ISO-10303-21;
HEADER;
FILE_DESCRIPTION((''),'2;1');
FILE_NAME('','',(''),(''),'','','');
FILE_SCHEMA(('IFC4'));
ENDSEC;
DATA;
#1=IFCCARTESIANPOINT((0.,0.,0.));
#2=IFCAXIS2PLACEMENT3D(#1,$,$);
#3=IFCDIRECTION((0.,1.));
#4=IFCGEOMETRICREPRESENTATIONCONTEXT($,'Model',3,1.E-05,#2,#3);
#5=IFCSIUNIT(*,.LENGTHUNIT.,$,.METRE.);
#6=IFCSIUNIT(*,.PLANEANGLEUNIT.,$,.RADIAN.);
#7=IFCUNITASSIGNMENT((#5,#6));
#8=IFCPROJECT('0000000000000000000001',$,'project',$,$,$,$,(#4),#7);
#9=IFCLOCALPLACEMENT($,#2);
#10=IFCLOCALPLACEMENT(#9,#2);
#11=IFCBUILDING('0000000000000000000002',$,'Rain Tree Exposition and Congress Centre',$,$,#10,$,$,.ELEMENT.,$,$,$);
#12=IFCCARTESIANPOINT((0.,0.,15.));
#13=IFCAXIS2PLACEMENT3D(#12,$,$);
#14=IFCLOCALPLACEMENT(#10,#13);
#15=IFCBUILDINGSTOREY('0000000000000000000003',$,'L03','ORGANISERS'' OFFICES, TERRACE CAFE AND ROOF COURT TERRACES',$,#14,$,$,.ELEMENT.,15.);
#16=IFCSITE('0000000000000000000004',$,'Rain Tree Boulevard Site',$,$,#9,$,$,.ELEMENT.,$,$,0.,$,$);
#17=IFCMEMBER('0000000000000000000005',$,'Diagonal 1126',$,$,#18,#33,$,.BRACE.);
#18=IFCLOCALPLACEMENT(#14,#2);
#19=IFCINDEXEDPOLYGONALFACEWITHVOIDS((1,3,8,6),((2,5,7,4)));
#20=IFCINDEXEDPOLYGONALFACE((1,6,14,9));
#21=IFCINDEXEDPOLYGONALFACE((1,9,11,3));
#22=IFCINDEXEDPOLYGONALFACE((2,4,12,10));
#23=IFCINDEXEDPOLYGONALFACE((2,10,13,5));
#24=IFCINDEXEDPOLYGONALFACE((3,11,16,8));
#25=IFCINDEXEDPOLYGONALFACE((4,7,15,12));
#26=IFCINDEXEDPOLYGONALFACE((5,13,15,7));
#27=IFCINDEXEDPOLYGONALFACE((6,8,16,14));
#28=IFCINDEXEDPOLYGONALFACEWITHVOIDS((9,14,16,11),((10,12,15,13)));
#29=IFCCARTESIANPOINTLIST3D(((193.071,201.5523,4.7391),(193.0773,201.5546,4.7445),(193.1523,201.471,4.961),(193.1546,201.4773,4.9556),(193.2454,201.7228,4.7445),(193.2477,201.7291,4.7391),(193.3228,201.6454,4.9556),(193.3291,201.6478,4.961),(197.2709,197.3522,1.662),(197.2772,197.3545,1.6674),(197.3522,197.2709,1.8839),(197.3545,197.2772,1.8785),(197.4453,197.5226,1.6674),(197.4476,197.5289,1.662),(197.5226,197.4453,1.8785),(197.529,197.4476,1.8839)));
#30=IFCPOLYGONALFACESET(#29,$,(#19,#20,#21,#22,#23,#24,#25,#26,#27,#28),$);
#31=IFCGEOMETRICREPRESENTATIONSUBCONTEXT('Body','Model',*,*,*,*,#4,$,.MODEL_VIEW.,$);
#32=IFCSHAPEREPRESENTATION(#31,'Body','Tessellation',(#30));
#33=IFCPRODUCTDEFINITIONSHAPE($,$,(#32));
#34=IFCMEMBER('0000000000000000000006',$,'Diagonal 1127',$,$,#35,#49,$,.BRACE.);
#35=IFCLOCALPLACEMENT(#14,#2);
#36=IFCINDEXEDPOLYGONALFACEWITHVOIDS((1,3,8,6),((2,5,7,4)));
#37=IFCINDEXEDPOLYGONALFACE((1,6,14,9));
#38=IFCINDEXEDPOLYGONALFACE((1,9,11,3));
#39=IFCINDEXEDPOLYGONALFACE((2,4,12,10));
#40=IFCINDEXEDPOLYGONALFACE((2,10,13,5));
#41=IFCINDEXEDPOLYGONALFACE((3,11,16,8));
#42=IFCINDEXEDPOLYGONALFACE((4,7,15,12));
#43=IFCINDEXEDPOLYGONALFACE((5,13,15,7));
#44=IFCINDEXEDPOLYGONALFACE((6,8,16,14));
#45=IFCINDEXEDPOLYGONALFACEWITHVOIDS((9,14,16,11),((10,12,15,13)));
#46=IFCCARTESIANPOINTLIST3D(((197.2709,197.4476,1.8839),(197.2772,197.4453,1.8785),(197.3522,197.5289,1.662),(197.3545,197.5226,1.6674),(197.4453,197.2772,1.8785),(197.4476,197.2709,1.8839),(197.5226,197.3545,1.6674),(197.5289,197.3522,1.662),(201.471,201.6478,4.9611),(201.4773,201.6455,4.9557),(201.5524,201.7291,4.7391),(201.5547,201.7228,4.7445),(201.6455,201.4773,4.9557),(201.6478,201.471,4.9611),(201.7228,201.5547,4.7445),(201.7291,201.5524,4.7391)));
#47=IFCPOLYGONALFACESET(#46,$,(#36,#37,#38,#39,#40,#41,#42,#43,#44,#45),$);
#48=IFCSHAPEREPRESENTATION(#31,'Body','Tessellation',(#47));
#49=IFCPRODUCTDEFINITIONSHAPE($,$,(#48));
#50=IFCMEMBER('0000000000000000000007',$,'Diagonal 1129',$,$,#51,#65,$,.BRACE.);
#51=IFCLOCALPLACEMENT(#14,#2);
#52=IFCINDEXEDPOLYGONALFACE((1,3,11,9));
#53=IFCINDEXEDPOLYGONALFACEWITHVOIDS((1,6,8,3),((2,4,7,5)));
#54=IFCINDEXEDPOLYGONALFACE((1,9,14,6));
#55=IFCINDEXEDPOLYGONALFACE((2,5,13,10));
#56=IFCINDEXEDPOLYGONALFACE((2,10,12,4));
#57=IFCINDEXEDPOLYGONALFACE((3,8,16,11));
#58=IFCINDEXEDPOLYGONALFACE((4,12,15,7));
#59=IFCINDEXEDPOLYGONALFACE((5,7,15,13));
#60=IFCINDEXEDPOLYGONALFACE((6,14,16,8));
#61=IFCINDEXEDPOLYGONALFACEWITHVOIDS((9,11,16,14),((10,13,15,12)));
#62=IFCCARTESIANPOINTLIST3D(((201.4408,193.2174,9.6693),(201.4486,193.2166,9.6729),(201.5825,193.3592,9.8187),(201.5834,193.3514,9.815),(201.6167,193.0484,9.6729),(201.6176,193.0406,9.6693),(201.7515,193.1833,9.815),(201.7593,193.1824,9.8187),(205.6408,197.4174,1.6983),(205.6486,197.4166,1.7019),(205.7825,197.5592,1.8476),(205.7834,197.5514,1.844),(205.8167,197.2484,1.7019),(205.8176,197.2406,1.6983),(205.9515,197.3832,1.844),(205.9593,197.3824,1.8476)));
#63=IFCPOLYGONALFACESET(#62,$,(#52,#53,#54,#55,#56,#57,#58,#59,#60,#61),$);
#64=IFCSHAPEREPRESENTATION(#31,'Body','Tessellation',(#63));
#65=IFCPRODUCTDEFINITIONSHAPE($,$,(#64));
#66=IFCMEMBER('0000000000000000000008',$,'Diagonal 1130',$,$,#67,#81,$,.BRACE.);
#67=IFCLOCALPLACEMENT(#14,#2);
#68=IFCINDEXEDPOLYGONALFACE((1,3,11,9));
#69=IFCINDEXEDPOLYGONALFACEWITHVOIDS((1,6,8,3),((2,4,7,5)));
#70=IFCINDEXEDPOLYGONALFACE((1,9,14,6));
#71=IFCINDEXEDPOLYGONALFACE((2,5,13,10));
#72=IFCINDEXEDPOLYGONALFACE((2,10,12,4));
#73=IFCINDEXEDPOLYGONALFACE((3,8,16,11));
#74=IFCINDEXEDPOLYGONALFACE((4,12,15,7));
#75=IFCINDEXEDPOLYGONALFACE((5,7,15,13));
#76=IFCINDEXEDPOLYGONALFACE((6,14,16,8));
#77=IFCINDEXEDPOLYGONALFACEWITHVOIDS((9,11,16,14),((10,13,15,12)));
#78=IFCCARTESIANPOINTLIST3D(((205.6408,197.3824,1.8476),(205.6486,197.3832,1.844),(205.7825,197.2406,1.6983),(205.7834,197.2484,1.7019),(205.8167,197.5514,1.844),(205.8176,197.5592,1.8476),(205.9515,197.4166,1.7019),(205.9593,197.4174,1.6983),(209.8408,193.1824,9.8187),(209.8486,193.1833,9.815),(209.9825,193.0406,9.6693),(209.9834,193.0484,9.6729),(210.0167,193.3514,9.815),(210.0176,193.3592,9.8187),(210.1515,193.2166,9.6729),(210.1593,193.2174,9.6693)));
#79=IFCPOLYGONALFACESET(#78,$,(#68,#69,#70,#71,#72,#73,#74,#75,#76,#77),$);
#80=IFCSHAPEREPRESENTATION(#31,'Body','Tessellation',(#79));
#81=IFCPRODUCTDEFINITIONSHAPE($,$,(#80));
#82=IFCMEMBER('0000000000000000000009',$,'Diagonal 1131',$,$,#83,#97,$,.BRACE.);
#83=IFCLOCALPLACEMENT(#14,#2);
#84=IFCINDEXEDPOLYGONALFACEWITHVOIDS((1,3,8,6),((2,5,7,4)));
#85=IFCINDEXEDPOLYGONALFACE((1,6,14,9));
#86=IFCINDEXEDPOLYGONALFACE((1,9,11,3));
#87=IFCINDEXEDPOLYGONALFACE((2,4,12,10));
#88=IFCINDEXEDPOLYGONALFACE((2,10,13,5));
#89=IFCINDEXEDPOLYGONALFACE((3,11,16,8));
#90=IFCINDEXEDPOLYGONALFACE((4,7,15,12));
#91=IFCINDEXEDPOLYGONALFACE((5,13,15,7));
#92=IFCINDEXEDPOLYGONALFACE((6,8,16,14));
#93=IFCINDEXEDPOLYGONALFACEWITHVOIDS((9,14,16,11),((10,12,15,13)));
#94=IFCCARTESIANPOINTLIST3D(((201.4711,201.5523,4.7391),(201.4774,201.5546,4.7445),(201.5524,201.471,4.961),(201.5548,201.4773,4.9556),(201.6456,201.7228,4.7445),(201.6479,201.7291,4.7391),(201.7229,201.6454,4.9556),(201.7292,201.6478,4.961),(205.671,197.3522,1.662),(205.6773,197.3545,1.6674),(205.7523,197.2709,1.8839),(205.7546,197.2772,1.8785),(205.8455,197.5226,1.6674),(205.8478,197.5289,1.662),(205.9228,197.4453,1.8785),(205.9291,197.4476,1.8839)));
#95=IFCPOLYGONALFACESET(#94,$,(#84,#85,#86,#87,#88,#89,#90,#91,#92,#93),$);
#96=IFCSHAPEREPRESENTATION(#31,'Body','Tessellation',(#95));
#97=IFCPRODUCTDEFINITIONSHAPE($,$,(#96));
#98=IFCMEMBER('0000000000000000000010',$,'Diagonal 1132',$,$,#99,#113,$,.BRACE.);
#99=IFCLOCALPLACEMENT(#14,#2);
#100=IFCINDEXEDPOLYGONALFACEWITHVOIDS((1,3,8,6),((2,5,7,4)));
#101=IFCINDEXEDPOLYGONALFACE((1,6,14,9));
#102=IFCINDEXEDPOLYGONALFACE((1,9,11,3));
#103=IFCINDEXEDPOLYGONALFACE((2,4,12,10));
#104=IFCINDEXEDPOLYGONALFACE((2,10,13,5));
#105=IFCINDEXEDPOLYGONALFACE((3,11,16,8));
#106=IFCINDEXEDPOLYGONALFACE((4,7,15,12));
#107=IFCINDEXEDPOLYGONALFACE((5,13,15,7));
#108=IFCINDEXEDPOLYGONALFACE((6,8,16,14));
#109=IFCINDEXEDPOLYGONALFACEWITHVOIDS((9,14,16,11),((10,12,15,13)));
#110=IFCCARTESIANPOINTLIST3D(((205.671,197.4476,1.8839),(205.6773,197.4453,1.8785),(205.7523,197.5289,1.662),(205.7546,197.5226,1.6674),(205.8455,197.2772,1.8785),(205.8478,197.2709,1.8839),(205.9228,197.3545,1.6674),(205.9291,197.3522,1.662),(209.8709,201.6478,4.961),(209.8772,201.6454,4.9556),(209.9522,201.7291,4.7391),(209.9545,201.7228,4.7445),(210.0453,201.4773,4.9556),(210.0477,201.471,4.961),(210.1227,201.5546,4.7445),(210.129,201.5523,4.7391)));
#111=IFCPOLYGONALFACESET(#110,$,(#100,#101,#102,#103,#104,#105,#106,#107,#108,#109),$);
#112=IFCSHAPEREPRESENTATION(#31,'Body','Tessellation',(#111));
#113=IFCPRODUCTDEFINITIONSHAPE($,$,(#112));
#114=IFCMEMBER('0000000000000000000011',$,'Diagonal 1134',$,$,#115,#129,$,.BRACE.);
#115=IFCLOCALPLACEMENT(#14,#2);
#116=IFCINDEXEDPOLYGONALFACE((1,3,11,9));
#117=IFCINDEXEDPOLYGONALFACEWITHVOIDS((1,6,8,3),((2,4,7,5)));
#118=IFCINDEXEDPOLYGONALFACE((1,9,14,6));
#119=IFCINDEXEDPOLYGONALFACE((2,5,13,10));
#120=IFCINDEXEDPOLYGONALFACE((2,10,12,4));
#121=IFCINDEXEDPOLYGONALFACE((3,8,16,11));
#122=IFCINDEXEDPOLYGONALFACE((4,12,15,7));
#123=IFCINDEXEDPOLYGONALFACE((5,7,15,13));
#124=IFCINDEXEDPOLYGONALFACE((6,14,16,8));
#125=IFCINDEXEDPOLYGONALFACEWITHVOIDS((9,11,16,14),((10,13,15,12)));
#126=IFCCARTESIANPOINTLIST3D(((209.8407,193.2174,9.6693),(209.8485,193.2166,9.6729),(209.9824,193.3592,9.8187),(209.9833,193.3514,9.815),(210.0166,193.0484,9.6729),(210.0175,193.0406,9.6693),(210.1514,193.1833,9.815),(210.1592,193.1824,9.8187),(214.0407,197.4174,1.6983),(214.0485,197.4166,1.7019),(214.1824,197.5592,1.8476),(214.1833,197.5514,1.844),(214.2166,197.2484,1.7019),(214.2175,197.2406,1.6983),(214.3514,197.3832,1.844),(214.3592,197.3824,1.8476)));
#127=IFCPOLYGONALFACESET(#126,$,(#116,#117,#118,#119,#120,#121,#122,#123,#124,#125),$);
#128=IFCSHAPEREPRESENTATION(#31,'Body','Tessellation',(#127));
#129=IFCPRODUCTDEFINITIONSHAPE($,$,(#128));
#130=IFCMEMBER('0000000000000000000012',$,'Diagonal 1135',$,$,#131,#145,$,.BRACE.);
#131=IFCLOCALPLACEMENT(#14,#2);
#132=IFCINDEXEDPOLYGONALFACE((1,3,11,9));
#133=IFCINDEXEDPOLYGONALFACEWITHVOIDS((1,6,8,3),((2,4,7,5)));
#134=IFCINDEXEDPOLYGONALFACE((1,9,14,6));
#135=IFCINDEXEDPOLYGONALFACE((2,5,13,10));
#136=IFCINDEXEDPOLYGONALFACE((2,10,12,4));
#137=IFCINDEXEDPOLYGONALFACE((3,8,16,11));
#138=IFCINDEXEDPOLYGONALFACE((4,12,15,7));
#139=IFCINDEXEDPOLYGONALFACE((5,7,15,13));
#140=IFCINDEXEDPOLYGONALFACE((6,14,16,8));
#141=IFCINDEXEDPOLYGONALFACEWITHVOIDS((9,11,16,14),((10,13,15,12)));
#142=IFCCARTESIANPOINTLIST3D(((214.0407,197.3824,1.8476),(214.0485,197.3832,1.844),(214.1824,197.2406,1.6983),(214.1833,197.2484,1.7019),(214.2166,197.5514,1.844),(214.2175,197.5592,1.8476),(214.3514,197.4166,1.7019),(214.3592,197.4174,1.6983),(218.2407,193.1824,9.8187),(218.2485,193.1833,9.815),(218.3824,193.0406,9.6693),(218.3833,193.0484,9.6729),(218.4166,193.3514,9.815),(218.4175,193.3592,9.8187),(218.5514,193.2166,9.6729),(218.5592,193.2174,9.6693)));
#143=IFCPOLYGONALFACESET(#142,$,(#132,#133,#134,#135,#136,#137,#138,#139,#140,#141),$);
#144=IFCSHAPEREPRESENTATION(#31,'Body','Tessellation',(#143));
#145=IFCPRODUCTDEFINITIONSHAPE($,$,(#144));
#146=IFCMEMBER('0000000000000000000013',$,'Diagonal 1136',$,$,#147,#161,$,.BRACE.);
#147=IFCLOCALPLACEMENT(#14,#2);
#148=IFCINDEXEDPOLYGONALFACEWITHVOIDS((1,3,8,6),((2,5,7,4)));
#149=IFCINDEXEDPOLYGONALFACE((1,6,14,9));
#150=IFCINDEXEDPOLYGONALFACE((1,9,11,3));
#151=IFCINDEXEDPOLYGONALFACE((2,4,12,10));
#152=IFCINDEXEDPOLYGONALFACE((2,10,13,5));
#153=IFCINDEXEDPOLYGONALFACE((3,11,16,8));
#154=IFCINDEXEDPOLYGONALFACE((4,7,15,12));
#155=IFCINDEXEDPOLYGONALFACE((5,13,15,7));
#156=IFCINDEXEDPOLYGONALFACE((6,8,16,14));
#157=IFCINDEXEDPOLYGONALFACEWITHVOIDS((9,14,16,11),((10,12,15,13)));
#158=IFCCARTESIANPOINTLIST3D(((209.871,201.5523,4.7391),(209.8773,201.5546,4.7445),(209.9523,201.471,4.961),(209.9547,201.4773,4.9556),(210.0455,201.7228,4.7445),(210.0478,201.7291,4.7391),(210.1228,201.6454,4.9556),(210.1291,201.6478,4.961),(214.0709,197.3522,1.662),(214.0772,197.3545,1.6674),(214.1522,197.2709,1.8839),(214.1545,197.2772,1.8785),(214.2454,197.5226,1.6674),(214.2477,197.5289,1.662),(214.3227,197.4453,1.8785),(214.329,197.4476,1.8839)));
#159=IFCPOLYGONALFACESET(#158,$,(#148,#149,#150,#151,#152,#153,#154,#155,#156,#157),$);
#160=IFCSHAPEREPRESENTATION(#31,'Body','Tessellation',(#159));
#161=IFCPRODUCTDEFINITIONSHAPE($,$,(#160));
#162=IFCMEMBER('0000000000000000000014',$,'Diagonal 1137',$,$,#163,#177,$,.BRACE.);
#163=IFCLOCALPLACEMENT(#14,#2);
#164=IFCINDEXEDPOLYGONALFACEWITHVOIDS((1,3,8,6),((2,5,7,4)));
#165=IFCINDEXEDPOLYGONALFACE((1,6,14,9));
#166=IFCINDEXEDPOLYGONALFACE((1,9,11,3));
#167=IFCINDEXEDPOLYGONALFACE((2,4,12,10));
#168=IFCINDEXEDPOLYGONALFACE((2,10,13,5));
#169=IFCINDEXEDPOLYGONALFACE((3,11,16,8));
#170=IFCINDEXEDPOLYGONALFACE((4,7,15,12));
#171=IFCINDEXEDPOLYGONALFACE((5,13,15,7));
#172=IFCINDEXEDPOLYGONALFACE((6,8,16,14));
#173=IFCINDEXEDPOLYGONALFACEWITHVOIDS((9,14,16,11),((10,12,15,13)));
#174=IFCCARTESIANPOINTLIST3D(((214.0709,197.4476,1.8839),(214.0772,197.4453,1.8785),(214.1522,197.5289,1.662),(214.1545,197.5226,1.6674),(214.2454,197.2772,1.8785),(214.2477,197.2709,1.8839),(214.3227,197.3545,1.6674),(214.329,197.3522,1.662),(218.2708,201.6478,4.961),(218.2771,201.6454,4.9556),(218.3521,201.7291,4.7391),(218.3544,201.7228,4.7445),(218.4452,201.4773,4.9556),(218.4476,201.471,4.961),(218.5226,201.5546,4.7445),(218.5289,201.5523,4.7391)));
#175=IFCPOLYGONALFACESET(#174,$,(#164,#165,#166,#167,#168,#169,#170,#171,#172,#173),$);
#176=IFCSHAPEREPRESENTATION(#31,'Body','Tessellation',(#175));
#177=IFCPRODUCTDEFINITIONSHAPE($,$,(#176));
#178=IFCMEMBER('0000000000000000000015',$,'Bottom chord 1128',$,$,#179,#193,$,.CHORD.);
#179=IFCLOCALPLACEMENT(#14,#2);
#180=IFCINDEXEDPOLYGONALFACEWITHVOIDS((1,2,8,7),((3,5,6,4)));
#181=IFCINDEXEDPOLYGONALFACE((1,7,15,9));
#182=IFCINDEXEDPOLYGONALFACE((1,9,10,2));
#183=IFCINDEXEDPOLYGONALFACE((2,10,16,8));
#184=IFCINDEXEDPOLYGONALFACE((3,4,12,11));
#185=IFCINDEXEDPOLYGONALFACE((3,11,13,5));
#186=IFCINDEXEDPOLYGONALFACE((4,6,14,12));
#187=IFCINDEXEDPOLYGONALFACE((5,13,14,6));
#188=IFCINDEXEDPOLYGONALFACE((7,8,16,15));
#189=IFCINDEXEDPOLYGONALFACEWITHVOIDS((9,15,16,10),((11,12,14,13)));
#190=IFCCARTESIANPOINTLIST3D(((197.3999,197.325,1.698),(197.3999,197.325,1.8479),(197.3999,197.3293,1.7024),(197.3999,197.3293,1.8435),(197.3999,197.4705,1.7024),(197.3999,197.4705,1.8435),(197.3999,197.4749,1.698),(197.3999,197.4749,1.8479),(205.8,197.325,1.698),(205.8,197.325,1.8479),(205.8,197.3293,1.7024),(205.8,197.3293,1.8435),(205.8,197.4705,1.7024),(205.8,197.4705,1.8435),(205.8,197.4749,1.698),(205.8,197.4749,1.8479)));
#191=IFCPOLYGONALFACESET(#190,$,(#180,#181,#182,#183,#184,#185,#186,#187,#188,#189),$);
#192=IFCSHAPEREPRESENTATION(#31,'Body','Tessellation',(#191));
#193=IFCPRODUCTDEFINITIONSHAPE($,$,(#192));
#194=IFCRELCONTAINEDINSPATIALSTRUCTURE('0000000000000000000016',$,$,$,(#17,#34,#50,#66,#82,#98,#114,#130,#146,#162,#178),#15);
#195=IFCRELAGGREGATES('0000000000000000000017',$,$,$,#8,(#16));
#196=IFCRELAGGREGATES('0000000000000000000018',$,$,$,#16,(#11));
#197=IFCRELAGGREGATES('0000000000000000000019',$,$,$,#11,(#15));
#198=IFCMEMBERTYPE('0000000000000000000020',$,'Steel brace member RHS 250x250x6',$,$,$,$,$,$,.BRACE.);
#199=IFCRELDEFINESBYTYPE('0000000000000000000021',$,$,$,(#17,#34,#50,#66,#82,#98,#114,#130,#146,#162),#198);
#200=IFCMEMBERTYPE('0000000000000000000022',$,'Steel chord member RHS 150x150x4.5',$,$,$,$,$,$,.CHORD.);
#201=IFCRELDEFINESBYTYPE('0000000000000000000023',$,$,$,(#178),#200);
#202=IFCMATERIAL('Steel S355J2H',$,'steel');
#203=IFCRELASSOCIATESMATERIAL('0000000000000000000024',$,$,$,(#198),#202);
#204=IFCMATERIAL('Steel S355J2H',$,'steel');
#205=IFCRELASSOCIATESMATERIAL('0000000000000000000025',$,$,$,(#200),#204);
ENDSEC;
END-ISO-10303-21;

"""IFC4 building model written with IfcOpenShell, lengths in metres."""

from ifc_helpers import new_model, si_unit, direction, frame, origin, origin_2d, place, context, subcontext, project, spatial, hollow_rectangle, extrude, material, material_profile, profile_set, type_object, element, save


model = new_model("IFC4")

# Units and contexts
model_context = context("Model", 3, precision=1e-05, world=origin(), true_north=direction((0.0, 1.0)))
body_context = subcontext(model_context, "Body", "Model", "MODEL_VIEW")
ifc_project = project(units=[si_unit("LENGTHUNIT", "METRE"), si_unit("PLANEANGLEUNIT", "RADIAN")], contexts=[model_context])

# Site, building, storey
site_placement = place(None, origin())
site = spatial("IfcSite", under=ifc_project, at=site_placement, Name="Rain Tree Boulevard Site", CompositionType="ELEMENT", RefElevation=0.0)
building_placement = place(site_placement, origin())
building = spatial("IfcBuilding", under=site, at=building_placement, Name="Rain Tree Exposition and Congress Centre", CompositionType="ELEMENT")
storey_placement = place(building_placement, frame((0.0, 0.0, 15.0)))
storey = spatial("IfcBuildingStorey", under=building, at=storey_placement, Name="L03", Description="ORGANISERS' OFFICES, TERRACE CAFE AND ROOF COURT TERRACES", CompositionType="ELEMENT", Elevation=15.0)

# Members
ifc_material_1 = material(Name="Steel S355J2H", Category="steel")
ifc_material_profile_1 = material_profile(ifc_material_1, hollow_rectangle(XDim=0.25, YDim=0.25, WallThickness=0.0061, at=origin_2d()), Name="RHS 250x250x6")
ifc_profile_set_1 = profile_set([ifc_material_profile_1], Name="Steel S355J2H")
member_type_1 = type_object("IfcMemberType", Name="Steel brace member RHS 250x250x6", PredefinedType="BRACE", material=ifc_profile_set_1)
member_1_placement = place(storey_placement, frame((197.3999, 197.3999, 1.7729), z_axis=(-0.627838, 0.627874, 0.459993), x_axis=(-0.707127, -0.707086, 0.0)))
element("IfcMember", 1, at=member_1_placement, inside=storey, type_object=member_type_1, Name="Diagonal 1126", PredefinedType="BRACE", context=body_context, shape_type="SweptSolid", body=[
    extrude(hollow_rectangle(XDim=0.25, YDim=0.25, WallThickness=0.0061, at=origin_2d()), origin(), (0.0, 0.0, 1.0), 6.6895),
])
member_2_placement = place(storey_placement, frame((197.3999, 197.3999, 1.7729), z_axis=(0.62786, 0.62786, 0.459983), x_axis=(-0.707107, 0.707107, 0.0)))
element("IfcMember", 2, at=member_2_placement, inside=storey, type_object=member_type_1, Name="Diagonal 1127", PredefinedType="BRACE", context=body_context, shape_type="SweptSolid", body=[
    extrude(hollow_rectangle(XDim=0.25, YDim=0.25, WallThickness=0.0061, at=origin_2d()), origin(), (0.0, 0.0, 1.0), 6.6897),
])
for number, where, z_axis, x_axis, name in (
    (3, (205.8, 197.3999, 1.7729), (-0.422506, -0.422506, 0.801859), (0.707107, -0.707107, 0.0), "Diagonal 1129"),
    (4, (205.8, 197.3999, 1.7729), (0.422506, -0.422506, 0.801859), (0.707107, 0.707107, 0.0), "Diagonal 1130"),
):
    element("IfcMember", number, at=place(storey_placement, frame(where, z_axis=z_axis, x_axis=x_axis)), inside=storey, type_object=member_type_1, Name=name, PredefinedType="BRACE", context=body_context, shape_type="SweptSolid", body=[
        extrude(hollow_rectangle(XDim=0.25, YDim=0.25, WallThickness=0.0061, at=origin_2d()), origin(), (0.0, 0.0, 1.0), 9.9407),
    ])
for number, where, z_axis, x_axis, name in (
    (5, (205.8, 197.3999, 1.7729), (-0.627838, 0.627874, 0.459993), (-0.707127, -0.707086, 0.0), "Diagonal 1131"),
    (6, (205.8, 197.3999, 1.7729), (0.627838, 0.627874, 0.459993), (-0.707127, 0.707086, 0.0), "Diagonal 1132"),
):
    element("IfcMember", number, at=place(storey_placement, frame(where, z_axis=z_axis, x_axis=x_axis)), inside=storey, type_object=member_type_1, Name=name, PredefinedType="BRACE", context=body_context, shape_type="SweptSolid", body=[
        extrude(hollow_rectangle(XDim=0.25, YDim=0.25, WallThickness=0.0061, at=origin_2d()), origin(), (0.0, 0.0, 1.0), 6.6895),
    ])
for number, where, z_axis, x_axis, name in (
    (7, (214.2, 197.3999, 1.7729), (-0.422506, -0.422506, 0.801859), (0.707107, -0.707107, 0.0), "Diagonal 1134"),
    (8, (214.2, 197.3999, 1.7729), (0.422506, -0.422506, 0.801859), (0.707107, 0.707107, 0.0), "Diagonal 1135"),
):
    element("IfcMember", number, at=place(storey_placement, frame(where, z_axis=z_axis, x_axis=x_axis)), inside=storey, type_object=member_type_1, Name=name, PredefinedType="BRACE", context=body_context, shape_type="SweptSolid", body=[
        extrude(hollow_rectangle(XDim=0.25, YDim=0.25, WallThickness=0.0061, at=origin_2d()), origin(), (0.0, 0.0, 1.0), 9.9407),
    ])
for number, where, z_axis, x_axis, name in (
    (9, (214.2, 197.3999, 1.7729), (-0.627838, 0.627874, 0.459993), (-0.707127, -0.707086, 0.0), "Diagonal 1136"),
    (10, (214.2, 197.3999, 1.7729), (0.627838, 0.627874, 0.459993), (-0.707127, 0.707086, 0.0), "Diagonal 1137"),
):
    element("IfcMember", number, at=place(storey_placement, frame(where, z_axis=z_axis, x_axis=x_axis)), inside=storey, type_object=member_type_1, Name=name, PredefinedType="BRACE", context=body_context, shape_type="SweptSolid", body=[
        extrude(hollow_rectangle(XDim=0.25, YDim=0.25, WallThickness=0.0061, at=origin_2d()), origin(), (0.0, 0.0, 1.0), 6.6895),
    ])
ifc_material_2 = material(Name="Steel S355J2H", Category="steel")
ifc_material_profile_2 = material_profile(ifc_material_2, hollow_rectangle(XDim=0.1499, YDim=0.1499, WallThickness=0.0044, at=origin_2d()), Name="RHS 150x150x4.5")
ifc_profile_set_2 = profile_set([ifc_material_profile_2], Name="Steel S355J2H")
member_type_2 = type_object("IfcMemberType", Name="Steel chord member RHS 150x150x4.5", PredefinedType="CHORD", material=ifc_profile_set_2)
member_3_placement = place(storey_placement, frame((197.3999, 197.3999, 1.7729), z_axis=(1.0, 0.0, 0.0), x_axis=(0.0, 1.0, 0.0)))
element("IfcMember", 11, at=member_3_placement, inside=storey, type_object=member_type_2, Name="Bottom chord 1128", PredefinedType="CHORD", context=body_context, shape_type="SweptSolid", body=[
    extrude(hollow_rectangle(XDim=0.1499, YDim=0.1499, WallThickness=0.0044, at=origin_2d()), origin(), (0.0, 0.0, 1.0), 8.4001),
])

save(model, "model.ifc")
